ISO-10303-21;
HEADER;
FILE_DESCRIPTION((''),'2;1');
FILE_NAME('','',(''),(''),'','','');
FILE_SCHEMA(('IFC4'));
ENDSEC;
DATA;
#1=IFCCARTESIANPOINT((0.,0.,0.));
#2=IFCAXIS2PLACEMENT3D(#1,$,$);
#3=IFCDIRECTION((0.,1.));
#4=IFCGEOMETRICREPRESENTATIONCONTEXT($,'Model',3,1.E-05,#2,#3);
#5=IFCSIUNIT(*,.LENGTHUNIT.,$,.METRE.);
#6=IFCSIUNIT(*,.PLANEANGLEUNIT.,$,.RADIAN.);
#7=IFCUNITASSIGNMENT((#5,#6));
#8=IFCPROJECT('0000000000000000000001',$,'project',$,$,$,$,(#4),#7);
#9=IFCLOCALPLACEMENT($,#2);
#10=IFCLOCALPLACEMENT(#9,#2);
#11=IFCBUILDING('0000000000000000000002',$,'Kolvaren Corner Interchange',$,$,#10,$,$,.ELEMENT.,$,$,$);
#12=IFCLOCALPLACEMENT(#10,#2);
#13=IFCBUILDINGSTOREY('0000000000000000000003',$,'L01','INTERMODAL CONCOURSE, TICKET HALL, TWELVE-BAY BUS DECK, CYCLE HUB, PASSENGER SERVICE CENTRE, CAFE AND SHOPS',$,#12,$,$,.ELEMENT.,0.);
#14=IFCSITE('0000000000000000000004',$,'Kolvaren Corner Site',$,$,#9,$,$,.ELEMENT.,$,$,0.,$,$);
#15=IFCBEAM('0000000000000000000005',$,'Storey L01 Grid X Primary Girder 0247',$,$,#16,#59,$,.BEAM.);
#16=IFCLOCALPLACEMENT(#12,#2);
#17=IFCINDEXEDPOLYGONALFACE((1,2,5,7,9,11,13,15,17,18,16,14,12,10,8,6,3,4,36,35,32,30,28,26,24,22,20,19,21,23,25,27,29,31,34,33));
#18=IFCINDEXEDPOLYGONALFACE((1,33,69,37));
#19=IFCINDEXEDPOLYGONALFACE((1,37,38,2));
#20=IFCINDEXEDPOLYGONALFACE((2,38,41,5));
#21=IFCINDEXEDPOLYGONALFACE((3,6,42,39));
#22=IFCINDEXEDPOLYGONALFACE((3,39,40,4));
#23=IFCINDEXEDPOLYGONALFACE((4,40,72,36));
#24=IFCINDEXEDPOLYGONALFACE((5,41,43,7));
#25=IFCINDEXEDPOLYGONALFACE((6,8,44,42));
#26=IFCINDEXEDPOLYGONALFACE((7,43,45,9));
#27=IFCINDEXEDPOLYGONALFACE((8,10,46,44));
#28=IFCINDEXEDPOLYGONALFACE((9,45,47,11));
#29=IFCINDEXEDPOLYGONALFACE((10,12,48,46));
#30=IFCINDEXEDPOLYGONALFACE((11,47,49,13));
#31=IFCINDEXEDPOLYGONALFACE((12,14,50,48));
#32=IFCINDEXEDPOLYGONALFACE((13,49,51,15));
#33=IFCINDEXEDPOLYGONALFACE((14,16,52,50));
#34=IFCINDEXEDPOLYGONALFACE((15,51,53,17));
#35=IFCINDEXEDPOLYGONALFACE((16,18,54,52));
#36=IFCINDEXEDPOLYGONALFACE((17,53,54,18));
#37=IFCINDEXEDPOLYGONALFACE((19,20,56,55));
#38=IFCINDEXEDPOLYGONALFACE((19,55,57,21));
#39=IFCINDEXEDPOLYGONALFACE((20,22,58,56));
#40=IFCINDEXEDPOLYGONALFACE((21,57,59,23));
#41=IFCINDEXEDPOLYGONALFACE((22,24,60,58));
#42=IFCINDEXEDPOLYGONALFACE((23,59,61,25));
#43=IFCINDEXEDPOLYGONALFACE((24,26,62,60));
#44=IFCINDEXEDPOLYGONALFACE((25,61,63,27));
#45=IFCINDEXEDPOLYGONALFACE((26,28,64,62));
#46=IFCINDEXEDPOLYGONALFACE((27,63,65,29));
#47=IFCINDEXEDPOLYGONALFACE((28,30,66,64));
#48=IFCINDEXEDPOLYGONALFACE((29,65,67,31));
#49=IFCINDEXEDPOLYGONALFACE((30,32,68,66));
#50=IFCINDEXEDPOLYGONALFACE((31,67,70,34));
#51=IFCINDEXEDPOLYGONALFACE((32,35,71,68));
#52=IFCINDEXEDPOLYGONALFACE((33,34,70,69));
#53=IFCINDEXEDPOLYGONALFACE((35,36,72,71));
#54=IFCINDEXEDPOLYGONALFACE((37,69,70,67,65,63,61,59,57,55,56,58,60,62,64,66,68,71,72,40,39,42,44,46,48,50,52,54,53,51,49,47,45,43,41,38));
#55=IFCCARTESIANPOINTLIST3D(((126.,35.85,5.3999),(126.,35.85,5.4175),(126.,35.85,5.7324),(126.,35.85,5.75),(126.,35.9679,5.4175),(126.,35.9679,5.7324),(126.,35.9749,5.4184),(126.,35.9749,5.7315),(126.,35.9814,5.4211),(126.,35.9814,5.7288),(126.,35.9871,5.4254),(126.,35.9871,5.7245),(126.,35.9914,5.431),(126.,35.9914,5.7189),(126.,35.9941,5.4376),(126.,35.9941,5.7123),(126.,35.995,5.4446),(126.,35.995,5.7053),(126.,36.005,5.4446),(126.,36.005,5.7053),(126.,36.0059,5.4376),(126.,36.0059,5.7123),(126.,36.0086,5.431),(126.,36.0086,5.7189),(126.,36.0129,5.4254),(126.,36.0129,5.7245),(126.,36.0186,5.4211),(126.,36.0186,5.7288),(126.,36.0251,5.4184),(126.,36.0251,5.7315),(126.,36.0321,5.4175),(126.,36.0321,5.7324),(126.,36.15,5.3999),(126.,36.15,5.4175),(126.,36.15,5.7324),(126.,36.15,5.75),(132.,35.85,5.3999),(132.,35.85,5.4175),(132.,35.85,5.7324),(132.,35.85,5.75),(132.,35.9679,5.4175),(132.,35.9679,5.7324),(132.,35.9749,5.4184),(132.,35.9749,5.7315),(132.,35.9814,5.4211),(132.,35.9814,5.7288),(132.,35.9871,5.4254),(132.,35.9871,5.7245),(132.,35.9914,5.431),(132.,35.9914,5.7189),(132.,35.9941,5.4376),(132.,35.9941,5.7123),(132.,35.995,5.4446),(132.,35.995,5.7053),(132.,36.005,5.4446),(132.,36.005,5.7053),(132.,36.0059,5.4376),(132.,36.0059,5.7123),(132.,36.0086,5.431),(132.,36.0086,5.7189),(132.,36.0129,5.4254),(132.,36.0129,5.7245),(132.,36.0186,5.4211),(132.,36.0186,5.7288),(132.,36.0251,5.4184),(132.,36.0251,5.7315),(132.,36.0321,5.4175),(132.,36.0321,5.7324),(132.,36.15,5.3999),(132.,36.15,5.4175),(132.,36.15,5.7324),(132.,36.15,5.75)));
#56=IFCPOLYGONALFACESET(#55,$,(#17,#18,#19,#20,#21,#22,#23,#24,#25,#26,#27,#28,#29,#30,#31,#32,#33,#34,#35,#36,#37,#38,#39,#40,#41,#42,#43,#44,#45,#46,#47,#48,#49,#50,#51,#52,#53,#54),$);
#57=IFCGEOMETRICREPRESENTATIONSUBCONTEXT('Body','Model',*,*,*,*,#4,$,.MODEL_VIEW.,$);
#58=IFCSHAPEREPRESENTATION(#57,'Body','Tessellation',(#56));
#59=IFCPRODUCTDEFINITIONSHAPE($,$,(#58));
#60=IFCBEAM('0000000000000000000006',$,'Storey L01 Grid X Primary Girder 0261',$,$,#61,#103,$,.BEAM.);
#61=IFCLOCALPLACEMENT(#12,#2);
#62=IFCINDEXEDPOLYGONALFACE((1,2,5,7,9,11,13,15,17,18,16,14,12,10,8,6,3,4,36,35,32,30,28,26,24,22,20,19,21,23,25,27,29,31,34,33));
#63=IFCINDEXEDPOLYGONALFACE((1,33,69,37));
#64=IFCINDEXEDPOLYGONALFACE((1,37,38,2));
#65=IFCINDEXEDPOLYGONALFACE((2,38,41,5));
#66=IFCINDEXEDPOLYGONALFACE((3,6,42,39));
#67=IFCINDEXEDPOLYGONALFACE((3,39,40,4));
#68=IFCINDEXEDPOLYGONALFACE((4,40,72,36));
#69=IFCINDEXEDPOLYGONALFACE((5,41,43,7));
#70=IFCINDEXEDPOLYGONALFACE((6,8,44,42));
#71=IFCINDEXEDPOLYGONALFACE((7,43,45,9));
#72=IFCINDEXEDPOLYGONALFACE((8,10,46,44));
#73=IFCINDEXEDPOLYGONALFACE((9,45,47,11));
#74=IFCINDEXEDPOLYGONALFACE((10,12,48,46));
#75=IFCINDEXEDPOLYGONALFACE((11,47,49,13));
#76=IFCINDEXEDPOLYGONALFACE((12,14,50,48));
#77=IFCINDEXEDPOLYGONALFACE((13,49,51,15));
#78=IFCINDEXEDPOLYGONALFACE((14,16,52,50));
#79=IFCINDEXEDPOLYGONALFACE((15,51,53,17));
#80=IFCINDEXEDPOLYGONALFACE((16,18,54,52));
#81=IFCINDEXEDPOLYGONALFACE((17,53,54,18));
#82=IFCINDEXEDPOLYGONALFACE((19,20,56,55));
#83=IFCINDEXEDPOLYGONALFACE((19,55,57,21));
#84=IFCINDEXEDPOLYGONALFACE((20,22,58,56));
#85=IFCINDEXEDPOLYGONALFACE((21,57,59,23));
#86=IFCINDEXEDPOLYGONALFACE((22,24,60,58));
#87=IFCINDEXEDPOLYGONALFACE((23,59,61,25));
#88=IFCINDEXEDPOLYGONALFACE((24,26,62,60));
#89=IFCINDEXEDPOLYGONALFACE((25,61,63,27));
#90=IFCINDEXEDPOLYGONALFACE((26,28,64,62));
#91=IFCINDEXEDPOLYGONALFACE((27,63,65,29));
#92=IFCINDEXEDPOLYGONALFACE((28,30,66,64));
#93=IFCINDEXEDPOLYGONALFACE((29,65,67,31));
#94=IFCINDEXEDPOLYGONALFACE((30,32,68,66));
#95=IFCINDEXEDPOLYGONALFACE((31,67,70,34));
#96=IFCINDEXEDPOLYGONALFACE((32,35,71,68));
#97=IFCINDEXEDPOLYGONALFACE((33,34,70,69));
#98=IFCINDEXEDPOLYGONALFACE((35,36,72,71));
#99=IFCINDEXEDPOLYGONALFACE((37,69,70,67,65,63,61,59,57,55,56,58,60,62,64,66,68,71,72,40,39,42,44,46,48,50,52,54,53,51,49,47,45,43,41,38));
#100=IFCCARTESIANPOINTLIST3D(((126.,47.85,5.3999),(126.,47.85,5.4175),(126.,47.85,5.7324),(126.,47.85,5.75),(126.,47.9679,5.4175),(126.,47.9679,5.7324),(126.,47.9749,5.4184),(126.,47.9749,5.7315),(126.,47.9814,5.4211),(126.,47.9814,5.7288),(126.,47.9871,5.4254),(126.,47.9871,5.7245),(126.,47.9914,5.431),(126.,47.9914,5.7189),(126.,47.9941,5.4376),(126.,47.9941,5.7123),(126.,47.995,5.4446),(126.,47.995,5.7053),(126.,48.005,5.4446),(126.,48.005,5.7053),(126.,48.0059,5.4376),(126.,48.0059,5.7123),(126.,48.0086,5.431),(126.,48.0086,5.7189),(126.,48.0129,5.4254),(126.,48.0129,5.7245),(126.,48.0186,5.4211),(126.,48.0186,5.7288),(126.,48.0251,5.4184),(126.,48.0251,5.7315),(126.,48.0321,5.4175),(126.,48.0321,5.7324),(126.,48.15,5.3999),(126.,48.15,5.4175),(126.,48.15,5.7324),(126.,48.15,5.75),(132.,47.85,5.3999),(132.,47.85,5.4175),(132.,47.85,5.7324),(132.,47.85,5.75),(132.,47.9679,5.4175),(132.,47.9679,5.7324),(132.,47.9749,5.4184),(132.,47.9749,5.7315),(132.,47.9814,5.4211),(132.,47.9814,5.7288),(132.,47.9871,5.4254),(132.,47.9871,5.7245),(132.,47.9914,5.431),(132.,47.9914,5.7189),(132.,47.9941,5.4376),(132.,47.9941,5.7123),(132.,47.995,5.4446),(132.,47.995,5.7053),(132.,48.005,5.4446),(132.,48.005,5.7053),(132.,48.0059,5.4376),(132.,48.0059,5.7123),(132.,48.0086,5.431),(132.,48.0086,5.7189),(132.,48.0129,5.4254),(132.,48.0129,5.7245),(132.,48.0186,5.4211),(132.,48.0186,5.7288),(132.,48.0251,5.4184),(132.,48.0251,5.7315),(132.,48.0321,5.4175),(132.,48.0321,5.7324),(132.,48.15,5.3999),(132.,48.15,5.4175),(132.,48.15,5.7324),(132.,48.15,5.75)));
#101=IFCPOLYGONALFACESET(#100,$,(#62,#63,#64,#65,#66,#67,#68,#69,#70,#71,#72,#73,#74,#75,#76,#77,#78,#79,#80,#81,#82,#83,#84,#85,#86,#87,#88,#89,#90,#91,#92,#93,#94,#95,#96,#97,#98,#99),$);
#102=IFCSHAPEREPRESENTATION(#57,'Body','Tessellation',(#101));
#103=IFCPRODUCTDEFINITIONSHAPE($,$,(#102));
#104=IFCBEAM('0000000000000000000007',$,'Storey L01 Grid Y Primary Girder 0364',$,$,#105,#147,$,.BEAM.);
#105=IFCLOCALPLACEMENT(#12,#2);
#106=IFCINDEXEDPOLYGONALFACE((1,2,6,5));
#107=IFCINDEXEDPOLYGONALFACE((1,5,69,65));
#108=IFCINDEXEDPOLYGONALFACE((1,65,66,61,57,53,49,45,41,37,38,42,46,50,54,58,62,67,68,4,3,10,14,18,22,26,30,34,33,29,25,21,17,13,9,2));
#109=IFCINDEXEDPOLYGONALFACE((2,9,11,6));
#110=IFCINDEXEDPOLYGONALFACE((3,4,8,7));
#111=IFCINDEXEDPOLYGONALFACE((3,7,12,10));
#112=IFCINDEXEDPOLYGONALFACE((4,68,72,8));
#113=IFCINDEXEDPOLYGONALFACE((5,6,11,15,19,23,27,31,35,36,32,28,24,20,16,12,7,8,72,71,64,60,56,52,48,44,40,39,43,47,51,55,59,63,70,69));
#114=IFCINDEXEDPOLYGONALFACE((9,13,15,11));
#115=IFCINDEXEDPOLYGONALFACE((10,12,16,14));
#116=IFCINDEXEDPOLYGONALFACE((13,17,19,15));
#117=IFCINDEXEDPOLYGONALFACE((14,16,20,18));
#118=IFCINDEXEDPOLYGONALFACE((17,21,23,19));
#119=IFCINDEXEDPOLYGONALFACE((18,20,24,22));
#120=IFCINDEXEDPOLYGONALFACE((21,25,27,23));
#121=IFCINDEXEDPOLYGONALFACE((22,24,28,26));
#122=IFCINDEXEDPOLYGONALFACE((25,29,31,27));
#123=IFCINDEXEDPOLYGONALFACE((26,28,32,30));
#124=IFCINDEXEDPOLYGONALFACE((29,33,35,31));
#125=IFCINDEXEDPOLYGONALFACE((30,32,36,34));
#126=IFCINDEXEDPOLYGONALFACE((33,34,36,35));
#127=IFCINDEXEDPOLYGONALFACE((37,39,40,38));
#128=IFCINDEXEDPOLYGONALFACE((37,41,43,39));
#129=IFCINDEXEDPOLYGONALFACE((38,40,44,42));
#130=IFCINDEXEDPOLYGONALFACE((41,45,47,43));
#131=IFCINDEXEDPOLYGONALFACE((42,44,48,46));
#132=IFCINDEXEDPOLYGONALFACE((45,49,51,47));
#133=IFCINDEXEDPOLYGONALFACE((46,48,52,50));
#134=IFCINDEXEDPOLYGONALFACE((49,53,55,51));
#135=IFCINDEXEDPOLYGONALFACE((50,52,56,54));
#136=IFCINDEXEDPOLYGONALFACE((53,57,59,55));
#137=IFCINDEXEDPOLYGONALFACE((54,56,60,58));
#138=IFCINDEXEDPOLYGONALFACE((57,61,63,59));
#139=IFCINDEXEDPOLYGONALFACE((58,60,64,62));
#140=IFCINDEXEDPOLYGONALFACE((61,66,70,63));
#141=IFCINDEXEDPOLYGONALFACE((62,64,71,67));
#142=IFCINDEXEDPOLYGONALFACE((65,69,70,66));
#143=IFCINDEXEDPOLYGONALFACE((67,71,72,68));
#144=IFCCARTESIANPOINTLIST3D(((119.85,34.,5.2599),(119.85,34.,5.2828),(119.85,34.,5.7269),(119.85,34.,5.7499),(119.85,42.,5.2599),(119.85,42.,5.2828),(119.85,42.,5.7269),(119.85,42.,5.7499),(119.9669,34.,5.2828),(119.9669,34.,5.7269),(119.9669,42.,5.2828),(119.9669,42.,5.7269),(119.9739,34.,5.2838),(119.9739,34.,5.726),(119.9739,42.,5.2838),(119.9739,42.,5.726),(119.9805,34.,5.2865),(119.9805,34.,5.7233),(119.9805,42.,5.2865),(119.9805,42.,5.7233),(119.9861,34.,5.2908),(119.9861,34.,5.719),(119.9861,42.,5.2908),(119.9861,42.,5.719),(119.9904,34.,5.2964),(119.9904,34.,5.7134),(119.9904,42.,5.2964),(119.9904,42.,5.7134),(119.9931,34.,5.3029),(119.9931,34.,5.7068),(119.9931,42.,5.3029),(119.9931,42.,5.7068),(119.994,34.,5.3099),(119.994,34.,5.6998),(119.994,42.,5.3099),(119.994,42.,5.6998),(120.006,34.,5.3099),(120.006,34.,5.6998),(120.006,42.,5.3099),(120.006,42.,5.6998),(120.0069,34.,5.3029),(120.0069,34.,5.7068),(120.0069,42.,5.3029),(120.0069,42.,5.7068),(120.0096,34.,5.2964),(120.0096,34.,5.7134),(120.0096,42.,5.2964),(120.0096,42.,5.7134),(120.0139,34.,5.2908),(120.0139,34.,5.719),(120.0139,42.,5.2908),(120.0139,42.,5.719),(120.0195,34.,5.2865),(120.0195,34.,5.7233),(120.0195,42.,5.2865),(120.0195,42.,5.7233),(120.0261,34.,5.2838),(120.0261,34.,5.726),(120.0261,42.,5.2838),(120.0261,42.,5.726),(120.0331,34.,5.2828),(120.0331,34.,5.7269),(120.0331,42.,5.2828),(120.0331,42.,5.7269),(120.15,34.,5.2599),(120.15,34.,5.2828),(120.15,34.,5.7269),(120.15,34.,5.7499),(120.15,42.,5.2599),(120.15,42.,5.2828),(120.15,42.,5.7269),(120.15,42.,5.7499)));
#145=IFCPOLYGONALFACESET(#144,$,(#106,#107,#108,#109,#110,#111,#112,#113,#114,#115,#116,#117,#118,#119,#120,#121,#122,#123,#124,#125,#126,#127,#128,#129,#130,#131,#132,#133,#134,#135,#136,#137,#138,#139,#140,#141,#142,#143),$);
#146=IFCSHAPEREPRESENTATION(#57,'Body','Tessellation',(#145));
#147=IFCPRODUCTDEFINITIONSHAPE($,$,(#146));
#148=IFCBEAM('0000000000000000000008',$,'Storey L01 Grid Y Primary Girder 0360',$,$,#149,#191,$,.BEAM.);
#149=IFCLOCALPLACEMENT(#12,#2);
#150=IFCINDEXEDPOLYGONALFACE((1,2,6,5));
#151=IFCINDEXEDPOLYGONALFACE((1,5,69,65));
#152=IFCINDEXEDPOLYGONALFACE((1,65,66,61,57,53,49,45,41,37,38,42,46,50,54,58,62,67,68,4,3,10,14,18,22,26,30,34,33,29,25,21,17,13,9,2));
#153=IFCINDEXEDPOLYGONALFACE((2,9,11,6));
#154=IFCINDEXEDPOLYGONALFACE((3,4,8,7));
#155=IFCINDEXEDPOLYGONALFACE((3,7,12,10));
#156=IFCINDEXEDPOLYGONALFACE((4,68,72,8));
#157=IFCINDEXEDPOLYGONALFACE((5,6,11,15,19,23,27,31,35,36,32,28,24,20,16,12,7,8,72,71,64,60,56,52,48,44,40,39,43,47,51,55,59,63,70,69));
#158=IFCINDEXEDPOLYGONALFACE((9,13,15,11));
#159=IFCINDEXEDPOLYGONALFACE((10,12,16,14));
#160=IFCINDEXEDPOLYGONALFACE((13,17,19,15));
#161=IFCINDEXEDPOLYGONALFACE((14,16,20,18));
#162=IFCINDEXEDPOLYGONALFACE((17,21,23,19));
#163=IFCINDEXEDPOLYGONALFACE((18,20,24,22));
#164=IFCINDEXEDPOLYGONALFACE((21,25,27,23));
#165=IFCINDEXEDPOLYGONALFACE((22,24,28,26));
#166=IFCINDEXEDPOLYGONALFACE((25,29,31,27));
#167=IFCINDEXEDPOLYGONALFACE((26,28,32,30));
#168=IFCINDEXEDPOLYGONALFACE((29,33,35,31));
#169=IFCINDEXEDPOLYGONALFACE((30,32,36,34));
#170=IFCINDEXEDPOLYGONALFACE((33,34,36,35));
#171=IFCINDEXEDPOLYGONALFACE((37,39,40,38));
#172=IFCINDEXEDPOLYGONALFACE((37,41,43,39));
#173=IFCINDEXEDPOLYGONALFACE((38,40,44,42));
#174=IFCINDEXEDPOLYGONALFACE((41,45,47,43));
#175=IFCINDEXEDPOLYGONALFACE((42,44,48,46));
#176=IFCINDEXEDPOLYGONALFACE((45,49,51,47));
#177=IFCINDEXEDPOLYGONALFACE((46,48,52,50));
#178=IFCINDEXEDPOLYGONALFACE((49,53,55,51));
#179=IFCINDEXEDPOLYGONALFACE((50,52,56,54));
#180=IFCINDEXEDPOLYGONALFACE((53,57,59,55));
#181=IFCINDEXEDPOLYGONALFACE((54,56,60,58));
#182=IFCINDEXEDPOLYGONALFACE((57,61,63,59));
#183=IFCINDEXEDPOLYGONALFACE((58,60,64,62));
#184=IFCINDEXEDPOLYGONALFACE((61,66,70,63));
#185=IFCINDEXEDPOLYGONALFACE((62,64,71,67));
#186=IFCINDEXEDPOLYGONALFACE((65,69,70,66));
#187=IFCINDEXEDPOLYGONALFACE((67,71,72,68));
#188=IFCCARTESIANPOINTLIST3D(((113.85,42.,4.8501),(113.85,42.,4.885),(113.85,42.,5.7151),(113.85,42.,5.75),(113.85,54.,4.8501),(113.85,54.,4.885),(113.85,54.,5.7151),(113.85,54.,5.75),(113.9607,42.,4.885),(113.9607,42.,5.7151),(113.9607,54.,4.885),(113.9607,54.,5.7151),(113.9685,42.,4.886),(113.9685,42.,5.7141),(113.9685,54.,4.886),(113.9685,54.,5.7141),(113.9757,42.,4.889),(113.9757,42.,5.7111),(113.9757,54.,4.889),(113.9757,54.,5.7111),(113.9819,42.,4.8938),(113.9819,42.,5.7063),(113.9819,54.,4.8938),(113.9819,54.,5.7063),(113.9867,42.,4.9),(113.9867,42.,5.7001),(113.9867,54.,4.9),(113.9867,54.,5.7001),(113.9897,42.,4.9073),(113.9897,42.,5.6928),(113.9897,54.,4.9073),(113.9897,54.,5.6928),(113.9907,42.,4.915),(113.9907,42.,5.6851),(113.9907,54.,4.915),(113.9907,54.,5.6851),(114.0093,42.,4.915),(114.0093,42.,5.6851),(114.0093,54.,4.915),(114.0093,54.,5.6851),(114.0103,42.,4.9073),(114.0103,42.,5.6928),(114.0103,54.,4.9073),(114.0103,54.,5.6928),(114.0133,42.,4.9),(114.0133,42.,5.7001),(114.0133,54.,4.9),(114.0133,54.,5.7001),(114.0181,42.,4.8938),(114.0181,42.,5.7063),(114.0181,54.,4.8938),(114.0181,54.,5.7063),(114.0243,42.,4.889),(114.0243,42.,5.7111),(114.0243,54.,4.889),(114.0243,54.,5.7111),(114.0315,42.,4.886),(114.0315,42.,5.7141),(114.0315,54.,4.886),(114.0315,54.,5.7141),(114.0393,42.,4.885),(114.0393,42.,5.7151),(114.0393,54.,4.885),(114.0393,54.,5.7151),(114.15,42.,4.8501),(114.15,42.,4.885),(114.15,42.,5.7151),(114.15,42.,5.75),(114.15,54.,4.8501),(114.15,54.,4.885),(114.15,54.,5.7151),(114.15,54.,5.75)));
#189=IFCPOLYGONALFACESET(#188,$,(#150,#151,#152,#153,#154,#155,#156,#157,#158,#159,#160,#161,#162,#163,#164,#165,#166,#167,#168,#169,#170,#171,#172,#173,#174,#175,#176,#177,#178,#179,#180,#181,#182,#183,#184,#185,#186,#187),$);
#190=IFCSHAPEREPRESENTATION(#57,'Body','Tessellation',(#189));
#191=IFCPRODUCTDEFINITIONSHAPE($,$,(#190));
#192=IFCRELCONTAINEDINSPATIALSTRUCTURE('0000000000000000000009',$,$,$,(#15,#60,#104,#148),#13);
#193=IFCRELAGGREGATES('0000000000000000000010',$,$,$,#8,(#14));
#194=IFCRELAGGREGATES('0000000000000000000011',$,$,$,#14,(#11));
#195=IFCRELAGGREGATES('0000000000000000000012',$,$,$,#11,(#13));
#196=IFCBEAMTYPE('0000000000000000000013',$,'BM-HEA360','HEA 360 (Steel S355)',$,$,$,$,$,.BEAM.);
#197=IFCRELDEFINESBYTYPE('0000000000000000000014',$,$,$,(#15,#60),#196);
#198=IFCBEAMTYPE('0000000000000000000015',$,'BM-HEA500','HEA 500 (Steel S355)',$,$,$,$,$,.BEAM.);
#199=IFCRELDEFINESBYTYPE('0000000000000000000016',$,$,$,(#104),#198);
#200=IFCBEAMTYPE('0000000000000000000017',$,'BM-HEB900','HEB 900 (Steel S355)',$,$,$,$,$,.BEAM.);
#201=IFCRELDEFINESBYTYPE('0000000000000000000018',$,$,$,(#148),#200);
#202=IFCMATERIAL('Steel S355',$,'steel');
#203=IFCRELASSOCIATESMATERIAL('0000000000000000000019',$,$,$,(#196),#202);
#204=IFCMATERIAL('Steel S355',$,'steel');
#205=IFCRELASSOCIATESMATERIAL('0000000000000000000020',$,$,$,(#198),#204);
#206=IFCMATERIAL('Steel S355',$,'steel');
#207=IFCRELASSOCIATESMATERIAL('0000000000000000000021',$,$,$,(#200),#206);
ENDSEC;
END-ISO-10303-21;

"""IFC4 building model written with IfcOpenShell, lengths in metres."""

from ifc_helpers import new_model, si_unit, direction, frame, origin, origin_2d, place, context, subcontext, project, spatial, i_section, extrude, material, material_profile, profile_set, type_object, element, save


model = new_model("IFC4")

# Units and contexts
model_context = context("Model", 3, precision=1e-05, world=origin(), true_north=direction((0.0, 1.0)))
body_context = subcontext(model_context, "Body", "Model", "MODEL_VIEW")
ifc_project = project(units=[si_unit("LENGTHUNIT", "METRE"), si_unit("PLANEANGLEUNIT", "RADIAN")], contexts=[model_context])

# Site, building, storey
site_placement = place(None, origin())
site = spatial("IfcSite", under=ifc_project, at=site_placement, Name="Kolvaren Corner Site", CompositionType="ELEMENT", RefElevation=0.0)
building_placement = place(site_placement, origin())
building = spatial("IfcBuilding", under=site, at=building_placement, Name="Kolvaren Corner Interchange", CompositionType="ELEMENT")
storey_placement = place(building_placement, origin())
storey = spatial("IfcBuildingStorey", under=building, at=storey_placement, Name="L01", Description="INTERMODAL CONCOURSE, TICKET HALL, TWELVE-BAY BUS DECK, CYCLE HUB, PASSENGER SERVICE CENTRE, CAFE AND SHOPS", CompositionType="ELEMENT", Elevation=0.0)

# Beams
ifc_material_1 = material(Name="Steel S355", Category="steel")
ifc_material_profile_1 = material_profile(ifc_material_1, i_section(OverallWidth=0.3, OverallDepth=0.3501, WebThickness=0.01, FlangeThickness=0.0176, FilletRadius=0.0271, at=origin_2d()), Name="HEA 360")
ifc_profile_set_1 = profile_set([ifc_material_profile_1], Name="Steel S355")
beam_type_1 = type_object("IfcBeamType", Name="BM-HEA360", Description="HEA 360 (Steel S355)", PredefinedType="BEAM", material=ifc_profile_set_1)
for number, where, z_axis, x_axis, name in (
    (1, (126.0, 36.0, 5.575), (1.0, 0.0, 0.0), (0.0, 1.0, 0.0), "Storey L01 Grid X Primary Girder 0247"),
    (2, (126.0, 48.0, 5.575), (1.0, 0.0, 0.0), (0.0, 1.0, 0.0), "Storey L01 Grid X Primary Girder 0261"),
):
    element("IfcBeam", number, at=place(storey_placement, frame(where, z_axis=z_axis, x_axis=x_axis)), inside=storey, type_object=beam_type_1, Name=name, PredefinedType="BEAM", context=body_context, shape_type="SweptSolid", body=[
        extrude(i_section(OverallWidth=0.3, OverallDepth=0.3501, WebThickness=0.01, FlangeThickness=0.0176, FilletRadius=0.0271, at=origin_2d()), origin(), (0.0, 0.0, 1.0), 6.0),
    ])
ifc_material_2 = material(Name="Steel S355", Category="steel")
ifc_material_profile_2 = material_profile(ifc_material_2, i_section(OverallWidth=0.3, OverallDepth=0.49, WebThickness=0.012, FlangeThickness=0.0229, FilletRadius=0.0271, at=origin_2d()), Name="HEA 500")
ifc_profile_set_2 = profile_set([ifc_material_profile_2], Name="Steel S355")
beam_type_2 = type_object("IfcBeamType", Name="BM-HEA500", Description="HEA 500 (Steel S355)", PredefinedType="BEAM", material=ifc_profile_set_2)
beam_placement = place(storey_placement, frame((120.0, 34.0, 5.5049), z_axis=(0.0, 1.0, 0.0), x_axis=(-1.0, 0.0, 0.0)))
element("IfcBeam", 3, at=beam_placement, inside=storey, type_object=beam_type_2, Name="Storey L01 Grid Y Primary Girder 0364", PredefinedType="BEAM", context=body_context, shape_type="SweptSolid", body=[
    extrude(i_section(OverallWidth=0.3, OverallDepth=0.49, WebThickness=0.012, FlangeThickness=0.0229, FilletRadius=0.0271, at=origin_2d()), origin(), (0.0, 0.0, 1.0), 8.0),
])
ifc_material_3 = material(Name="Steel S355", Category="steel")
ifc_material_profile_3 = material_profile(ifc_material_3, i_section(OverallWidth=0.3, OverallDepth=0.8999, WebThickness=0.0186, FlangeThickness=0.0349, FilletRadius=0.03, at=origin_2d()), Name="HEB 900")
ifc_profile_set_3 = profile_set([ifc_material_profile_3], Name="Steel S355")
beam_type_3 = type_object("IfcBeamType", Name="BM-HEB900", Description="HEB 900 (Steel S355)", PredefinedType="BEAM", material=ifc_profile_set_3)
for number, where, z_axis, x_axis, name in (
    (4, (114.0, 42.0, 5.3), (0.0, 1.0, 0.0), (-1.0, 0.0, 0.0), "Storey L01 Grid Y Primary Girder 0360"),
):
    element("IfcBeam", number, at=place(storey_placement, frame(where, z_axis=z_axis, x_axis=x_axis)), inside=storey, type_object=beam_type_3, Name=name, PredefinedType="BEAM", context=body_context, shape_type="SweptSolid", body=[
        extrude(i_section(OverallWidth=0.3, OverallDepth=0.8999, WebThickness=0.0186, FlangeThickness=0.0349, FilletRadius=0.03, at=origin_2d()), origin(), (0.0, 0.0, 1.0), 12.0),
    ])

save(model, "model.ifc")
